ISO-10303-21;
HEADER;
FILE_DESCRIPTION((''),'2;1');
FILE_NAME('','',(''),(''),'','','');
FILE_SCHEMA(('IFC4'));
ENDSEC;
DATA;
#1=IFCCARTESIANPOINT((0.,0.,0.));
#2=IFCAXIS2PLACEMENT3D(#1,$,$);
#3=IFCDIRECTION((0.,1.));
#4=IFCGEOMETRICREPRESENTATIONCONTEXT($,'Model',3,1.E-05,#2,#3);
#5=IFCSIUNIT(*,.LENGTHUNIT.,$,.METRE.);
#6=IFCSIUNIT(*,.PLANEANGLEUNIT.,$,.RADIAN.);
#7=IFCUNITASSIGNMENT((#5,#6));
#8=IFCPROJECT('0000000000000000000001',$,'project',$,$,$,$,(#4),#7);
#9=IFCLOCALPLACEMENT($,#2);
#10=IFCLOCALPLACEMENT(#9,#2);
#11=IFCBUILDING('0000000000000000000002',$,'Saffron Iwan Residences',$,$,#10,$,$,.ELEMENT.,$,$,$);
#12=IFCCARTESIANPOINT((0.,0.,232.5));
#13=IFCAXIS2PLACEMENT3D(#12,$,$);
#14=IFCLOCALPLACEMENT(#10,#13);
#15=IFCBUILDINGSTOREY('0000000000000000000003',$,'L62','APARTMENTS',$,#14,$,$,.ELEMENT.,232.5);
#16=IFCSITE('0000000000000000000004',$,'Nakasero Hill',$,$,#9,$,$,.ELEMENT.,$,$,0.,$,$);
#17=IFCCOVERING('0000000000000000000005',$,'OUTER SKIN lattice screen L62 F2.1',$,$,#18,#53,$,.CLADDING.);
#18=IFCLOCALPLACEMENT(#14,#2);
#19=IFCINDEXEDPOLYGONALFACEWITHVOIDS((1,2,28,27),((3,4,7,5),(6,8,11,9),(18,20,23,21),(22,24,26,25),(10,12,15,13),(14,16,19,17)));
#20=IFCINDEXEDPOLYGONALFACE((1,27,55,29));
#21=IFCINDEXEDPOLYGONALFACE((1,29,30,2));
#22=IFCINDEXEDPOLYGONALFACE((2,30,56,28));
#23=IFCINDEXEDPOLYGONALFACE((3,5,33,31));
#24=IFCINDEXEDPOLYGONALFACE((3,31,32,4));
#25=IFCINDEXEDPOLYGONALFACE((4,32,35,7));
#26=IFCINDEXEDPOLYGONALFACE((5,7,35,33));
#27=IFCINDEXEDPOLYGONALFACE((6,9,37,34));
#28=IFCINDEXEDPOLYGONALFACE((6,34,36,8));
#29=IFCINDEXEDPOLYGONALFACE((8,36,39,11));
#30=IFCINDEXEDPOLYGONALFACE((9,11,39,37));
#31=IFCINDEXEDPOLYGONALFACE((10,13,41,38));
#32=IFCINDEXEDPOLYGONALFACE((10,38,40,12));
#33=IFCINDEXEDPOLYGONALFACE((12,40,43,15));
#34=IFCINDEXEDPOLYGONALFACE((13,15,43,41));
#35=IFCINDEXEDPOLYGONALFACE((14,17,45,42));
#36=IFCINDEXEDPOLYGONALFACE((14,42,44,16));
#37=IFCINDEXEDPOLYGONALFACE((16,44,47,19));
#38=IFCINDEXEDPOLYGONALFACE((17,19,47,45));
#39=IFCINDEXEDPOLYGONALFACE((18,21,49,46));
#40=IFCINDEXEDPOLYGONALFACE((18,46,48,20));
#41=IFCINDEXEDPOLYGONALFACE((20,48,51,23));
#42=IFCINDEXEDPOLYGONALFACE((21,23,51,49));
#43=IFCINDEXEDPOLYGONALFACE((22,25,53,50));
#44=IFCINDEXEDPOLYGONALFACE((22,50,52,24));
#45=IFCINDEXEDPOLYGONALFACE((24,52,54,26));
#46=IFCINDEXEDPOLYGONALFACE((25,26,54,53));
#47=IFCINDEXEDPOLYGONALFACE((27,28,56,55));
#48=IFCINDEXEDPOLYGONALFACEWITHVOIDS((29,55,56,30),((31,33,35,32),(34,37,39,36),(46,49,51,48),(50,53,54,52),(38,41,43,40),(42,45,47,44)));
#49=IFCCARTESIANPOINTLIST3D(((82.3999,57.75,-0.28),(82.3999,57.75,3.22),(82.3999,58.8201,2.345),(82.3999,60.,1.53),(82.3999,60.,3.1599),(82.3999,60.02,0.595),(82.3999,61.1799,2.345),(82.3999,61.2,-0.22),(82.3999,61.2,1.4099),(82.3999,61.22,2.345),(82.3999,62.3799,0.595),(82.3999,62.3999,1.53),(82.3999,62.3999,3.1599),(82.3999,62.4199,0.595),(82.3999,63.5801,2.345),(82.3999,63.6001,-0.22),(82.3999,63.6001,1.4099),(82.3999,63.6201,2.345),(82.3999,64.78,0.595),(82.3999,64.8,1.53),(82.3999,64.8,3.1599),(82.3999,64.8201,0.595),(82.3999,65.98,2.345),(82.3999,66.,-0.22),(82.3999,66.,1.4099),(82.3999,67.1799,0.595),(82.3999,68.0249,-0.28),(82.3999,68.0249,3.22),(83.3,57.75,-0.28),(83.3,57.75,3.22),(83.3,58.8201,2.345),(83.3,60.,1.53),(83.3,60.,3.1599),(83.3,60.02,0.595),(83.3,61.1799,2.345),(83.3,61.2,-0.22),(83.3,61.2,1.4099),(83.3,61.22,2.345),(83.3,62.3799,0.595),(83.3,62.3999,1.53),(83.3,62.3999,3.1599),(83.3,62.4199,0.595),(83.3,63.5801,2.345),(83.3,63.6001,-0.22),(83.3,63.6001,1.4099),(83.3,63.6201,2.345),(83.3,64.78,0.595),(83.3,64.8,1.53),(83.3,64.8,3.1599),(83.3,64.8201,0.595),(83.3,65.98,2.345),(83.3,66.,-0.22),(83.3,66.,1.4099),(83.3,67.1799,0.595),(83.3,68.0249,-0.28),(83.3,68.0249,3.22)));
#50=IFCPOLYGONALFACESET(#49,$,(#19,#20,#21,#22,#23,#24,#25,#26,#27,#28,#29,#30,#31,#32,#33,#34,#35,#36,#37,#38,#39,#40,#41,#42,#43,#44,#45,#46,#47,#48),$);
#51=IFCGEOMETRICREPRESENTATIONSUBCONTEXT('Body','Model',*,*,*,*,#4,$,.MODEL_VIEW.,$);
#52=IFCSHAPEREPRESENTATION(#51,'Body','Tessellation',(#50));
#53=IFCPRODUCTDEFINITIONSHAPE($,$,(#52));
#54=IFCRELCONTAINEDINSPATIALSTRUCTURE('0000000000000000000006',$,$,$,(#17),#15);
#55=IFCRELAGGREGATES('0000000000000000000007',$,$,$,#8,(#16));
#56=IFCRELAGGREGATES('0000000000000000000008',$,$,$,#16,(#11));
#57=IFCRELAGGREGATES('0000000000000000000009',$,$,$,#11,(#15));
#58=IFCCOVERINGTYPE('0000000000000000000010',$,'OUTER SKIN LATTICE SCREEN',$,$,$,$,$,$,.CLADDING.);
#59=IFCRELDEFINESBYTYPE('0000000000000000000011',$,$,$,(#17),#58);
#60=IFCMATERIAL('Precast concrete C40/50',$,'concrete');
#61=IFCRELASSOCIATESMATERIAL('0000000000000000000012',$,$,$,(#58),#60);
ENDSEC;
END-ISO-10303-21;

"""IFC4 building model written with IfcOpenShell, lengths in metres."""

from ifc_helpers import new_model, si_unit, direction, frame, origin, place, context, subcontext, project, spatial, polyline, outline, extrude, material, type_object, element, save


model = new_model("IFC4")

# Units and contexts
model_context = context("Model", 3, precision=1e-05, world=origin(), true_north=direction((0.0, 1.0)))
body_context = subcontext(model_context, "Body", "Model", "MODEL_VIEW")
ifc_project = project(units=[si_unit("LENGTHUNIT", "METRE"), si_unit("PLANEANGLEUNIT", "RADIAN")], contexts=[model_context])

# Site, building, storey
site_placement = place(None, origin())
site = spatial("IfcSite", under=ifc_project, at=site_placement, Name="Nakasero Hill", CompositionType="ELEMENT", RefElevation=0.0)
building_placement = place(site_placement, origin())
building = spatial("IfcBuilding", under=site, at=building_placement, Name="Saffron Iwan Residences", CompositionType="ELEMENT")
storey_placement = place(building_placement, frame((0.0, 0.0, 232.5)))
storey = spatial("IfcBuildingStorey", under=building, at=storey_placement, Name="L62", Description="APARTMENTS", CompositionType="ELEMENT", Elevation=232.5)

# Covering
ifc_material_1 = material(Name="Precast concrete C40/50", Category="concrete")
covering_type = type_object("IfcCoveringType", Name="OUTER SKIN LATTICE SCREEN", PredefinedType="CLADDING", material=ifc_material_1)
covering_placement = place(storey_placement, frame((82.3999, 57.75, -0.28), z_axis=(1.0, 0.0, 0.0), x_axis=(0.0, 1.0, 0.0)))
element("IfcCovering", 1, at=covering_placement, inside=storey, type_object=covering_type, Name="OUTER SKIN lattice screen L62 F2.1", PredefinedType="CLADDING", context=body_context, shape_type="SweptSolid", body=[
    extrude(outline(polyline([(0.0, 0.0), (10.2749, 0.0), (10.2749, 3.5), (0.0, 3.5), (0.0, 0.0)]), holes=[polyline([(2.27, 0.875), (3.45, 0.0601), (4.6299, 0.875), (3.45, 1.6899), (2.27, 0.875)]), polyline([(4.6699, 0.875), (5.8501, 0.0601), (7.03, 0.875), (5.8501, 1.6899), (4.6699, 0.875)]), polyline([(7.0701, 0.875), (8.25, 0.0601), (9.4299, 0.875), (8.25, 1.6899), (7.0701, 0.875)]), polyline([(1.0701, 2.625), (2.25, 1.8101), (3.4299, 2.625), (2.25, 3.4399), (1.0701, 2.625)]), polyline([(3.47, 2.625), (4.6499, 1.8101), (5.8301, 2.625), (4.6499, 3.4399), (3.47, 2.625)]), polyline([(5.8701, 2.625), (7.05, 1.8101), (8.23, 2.625), (7.05, 3.4399), (5.8701, 2.625)])]), origin(), (0.0, 0.0, 1.0), 0.9001),
])

save(model, "model.ifc")
